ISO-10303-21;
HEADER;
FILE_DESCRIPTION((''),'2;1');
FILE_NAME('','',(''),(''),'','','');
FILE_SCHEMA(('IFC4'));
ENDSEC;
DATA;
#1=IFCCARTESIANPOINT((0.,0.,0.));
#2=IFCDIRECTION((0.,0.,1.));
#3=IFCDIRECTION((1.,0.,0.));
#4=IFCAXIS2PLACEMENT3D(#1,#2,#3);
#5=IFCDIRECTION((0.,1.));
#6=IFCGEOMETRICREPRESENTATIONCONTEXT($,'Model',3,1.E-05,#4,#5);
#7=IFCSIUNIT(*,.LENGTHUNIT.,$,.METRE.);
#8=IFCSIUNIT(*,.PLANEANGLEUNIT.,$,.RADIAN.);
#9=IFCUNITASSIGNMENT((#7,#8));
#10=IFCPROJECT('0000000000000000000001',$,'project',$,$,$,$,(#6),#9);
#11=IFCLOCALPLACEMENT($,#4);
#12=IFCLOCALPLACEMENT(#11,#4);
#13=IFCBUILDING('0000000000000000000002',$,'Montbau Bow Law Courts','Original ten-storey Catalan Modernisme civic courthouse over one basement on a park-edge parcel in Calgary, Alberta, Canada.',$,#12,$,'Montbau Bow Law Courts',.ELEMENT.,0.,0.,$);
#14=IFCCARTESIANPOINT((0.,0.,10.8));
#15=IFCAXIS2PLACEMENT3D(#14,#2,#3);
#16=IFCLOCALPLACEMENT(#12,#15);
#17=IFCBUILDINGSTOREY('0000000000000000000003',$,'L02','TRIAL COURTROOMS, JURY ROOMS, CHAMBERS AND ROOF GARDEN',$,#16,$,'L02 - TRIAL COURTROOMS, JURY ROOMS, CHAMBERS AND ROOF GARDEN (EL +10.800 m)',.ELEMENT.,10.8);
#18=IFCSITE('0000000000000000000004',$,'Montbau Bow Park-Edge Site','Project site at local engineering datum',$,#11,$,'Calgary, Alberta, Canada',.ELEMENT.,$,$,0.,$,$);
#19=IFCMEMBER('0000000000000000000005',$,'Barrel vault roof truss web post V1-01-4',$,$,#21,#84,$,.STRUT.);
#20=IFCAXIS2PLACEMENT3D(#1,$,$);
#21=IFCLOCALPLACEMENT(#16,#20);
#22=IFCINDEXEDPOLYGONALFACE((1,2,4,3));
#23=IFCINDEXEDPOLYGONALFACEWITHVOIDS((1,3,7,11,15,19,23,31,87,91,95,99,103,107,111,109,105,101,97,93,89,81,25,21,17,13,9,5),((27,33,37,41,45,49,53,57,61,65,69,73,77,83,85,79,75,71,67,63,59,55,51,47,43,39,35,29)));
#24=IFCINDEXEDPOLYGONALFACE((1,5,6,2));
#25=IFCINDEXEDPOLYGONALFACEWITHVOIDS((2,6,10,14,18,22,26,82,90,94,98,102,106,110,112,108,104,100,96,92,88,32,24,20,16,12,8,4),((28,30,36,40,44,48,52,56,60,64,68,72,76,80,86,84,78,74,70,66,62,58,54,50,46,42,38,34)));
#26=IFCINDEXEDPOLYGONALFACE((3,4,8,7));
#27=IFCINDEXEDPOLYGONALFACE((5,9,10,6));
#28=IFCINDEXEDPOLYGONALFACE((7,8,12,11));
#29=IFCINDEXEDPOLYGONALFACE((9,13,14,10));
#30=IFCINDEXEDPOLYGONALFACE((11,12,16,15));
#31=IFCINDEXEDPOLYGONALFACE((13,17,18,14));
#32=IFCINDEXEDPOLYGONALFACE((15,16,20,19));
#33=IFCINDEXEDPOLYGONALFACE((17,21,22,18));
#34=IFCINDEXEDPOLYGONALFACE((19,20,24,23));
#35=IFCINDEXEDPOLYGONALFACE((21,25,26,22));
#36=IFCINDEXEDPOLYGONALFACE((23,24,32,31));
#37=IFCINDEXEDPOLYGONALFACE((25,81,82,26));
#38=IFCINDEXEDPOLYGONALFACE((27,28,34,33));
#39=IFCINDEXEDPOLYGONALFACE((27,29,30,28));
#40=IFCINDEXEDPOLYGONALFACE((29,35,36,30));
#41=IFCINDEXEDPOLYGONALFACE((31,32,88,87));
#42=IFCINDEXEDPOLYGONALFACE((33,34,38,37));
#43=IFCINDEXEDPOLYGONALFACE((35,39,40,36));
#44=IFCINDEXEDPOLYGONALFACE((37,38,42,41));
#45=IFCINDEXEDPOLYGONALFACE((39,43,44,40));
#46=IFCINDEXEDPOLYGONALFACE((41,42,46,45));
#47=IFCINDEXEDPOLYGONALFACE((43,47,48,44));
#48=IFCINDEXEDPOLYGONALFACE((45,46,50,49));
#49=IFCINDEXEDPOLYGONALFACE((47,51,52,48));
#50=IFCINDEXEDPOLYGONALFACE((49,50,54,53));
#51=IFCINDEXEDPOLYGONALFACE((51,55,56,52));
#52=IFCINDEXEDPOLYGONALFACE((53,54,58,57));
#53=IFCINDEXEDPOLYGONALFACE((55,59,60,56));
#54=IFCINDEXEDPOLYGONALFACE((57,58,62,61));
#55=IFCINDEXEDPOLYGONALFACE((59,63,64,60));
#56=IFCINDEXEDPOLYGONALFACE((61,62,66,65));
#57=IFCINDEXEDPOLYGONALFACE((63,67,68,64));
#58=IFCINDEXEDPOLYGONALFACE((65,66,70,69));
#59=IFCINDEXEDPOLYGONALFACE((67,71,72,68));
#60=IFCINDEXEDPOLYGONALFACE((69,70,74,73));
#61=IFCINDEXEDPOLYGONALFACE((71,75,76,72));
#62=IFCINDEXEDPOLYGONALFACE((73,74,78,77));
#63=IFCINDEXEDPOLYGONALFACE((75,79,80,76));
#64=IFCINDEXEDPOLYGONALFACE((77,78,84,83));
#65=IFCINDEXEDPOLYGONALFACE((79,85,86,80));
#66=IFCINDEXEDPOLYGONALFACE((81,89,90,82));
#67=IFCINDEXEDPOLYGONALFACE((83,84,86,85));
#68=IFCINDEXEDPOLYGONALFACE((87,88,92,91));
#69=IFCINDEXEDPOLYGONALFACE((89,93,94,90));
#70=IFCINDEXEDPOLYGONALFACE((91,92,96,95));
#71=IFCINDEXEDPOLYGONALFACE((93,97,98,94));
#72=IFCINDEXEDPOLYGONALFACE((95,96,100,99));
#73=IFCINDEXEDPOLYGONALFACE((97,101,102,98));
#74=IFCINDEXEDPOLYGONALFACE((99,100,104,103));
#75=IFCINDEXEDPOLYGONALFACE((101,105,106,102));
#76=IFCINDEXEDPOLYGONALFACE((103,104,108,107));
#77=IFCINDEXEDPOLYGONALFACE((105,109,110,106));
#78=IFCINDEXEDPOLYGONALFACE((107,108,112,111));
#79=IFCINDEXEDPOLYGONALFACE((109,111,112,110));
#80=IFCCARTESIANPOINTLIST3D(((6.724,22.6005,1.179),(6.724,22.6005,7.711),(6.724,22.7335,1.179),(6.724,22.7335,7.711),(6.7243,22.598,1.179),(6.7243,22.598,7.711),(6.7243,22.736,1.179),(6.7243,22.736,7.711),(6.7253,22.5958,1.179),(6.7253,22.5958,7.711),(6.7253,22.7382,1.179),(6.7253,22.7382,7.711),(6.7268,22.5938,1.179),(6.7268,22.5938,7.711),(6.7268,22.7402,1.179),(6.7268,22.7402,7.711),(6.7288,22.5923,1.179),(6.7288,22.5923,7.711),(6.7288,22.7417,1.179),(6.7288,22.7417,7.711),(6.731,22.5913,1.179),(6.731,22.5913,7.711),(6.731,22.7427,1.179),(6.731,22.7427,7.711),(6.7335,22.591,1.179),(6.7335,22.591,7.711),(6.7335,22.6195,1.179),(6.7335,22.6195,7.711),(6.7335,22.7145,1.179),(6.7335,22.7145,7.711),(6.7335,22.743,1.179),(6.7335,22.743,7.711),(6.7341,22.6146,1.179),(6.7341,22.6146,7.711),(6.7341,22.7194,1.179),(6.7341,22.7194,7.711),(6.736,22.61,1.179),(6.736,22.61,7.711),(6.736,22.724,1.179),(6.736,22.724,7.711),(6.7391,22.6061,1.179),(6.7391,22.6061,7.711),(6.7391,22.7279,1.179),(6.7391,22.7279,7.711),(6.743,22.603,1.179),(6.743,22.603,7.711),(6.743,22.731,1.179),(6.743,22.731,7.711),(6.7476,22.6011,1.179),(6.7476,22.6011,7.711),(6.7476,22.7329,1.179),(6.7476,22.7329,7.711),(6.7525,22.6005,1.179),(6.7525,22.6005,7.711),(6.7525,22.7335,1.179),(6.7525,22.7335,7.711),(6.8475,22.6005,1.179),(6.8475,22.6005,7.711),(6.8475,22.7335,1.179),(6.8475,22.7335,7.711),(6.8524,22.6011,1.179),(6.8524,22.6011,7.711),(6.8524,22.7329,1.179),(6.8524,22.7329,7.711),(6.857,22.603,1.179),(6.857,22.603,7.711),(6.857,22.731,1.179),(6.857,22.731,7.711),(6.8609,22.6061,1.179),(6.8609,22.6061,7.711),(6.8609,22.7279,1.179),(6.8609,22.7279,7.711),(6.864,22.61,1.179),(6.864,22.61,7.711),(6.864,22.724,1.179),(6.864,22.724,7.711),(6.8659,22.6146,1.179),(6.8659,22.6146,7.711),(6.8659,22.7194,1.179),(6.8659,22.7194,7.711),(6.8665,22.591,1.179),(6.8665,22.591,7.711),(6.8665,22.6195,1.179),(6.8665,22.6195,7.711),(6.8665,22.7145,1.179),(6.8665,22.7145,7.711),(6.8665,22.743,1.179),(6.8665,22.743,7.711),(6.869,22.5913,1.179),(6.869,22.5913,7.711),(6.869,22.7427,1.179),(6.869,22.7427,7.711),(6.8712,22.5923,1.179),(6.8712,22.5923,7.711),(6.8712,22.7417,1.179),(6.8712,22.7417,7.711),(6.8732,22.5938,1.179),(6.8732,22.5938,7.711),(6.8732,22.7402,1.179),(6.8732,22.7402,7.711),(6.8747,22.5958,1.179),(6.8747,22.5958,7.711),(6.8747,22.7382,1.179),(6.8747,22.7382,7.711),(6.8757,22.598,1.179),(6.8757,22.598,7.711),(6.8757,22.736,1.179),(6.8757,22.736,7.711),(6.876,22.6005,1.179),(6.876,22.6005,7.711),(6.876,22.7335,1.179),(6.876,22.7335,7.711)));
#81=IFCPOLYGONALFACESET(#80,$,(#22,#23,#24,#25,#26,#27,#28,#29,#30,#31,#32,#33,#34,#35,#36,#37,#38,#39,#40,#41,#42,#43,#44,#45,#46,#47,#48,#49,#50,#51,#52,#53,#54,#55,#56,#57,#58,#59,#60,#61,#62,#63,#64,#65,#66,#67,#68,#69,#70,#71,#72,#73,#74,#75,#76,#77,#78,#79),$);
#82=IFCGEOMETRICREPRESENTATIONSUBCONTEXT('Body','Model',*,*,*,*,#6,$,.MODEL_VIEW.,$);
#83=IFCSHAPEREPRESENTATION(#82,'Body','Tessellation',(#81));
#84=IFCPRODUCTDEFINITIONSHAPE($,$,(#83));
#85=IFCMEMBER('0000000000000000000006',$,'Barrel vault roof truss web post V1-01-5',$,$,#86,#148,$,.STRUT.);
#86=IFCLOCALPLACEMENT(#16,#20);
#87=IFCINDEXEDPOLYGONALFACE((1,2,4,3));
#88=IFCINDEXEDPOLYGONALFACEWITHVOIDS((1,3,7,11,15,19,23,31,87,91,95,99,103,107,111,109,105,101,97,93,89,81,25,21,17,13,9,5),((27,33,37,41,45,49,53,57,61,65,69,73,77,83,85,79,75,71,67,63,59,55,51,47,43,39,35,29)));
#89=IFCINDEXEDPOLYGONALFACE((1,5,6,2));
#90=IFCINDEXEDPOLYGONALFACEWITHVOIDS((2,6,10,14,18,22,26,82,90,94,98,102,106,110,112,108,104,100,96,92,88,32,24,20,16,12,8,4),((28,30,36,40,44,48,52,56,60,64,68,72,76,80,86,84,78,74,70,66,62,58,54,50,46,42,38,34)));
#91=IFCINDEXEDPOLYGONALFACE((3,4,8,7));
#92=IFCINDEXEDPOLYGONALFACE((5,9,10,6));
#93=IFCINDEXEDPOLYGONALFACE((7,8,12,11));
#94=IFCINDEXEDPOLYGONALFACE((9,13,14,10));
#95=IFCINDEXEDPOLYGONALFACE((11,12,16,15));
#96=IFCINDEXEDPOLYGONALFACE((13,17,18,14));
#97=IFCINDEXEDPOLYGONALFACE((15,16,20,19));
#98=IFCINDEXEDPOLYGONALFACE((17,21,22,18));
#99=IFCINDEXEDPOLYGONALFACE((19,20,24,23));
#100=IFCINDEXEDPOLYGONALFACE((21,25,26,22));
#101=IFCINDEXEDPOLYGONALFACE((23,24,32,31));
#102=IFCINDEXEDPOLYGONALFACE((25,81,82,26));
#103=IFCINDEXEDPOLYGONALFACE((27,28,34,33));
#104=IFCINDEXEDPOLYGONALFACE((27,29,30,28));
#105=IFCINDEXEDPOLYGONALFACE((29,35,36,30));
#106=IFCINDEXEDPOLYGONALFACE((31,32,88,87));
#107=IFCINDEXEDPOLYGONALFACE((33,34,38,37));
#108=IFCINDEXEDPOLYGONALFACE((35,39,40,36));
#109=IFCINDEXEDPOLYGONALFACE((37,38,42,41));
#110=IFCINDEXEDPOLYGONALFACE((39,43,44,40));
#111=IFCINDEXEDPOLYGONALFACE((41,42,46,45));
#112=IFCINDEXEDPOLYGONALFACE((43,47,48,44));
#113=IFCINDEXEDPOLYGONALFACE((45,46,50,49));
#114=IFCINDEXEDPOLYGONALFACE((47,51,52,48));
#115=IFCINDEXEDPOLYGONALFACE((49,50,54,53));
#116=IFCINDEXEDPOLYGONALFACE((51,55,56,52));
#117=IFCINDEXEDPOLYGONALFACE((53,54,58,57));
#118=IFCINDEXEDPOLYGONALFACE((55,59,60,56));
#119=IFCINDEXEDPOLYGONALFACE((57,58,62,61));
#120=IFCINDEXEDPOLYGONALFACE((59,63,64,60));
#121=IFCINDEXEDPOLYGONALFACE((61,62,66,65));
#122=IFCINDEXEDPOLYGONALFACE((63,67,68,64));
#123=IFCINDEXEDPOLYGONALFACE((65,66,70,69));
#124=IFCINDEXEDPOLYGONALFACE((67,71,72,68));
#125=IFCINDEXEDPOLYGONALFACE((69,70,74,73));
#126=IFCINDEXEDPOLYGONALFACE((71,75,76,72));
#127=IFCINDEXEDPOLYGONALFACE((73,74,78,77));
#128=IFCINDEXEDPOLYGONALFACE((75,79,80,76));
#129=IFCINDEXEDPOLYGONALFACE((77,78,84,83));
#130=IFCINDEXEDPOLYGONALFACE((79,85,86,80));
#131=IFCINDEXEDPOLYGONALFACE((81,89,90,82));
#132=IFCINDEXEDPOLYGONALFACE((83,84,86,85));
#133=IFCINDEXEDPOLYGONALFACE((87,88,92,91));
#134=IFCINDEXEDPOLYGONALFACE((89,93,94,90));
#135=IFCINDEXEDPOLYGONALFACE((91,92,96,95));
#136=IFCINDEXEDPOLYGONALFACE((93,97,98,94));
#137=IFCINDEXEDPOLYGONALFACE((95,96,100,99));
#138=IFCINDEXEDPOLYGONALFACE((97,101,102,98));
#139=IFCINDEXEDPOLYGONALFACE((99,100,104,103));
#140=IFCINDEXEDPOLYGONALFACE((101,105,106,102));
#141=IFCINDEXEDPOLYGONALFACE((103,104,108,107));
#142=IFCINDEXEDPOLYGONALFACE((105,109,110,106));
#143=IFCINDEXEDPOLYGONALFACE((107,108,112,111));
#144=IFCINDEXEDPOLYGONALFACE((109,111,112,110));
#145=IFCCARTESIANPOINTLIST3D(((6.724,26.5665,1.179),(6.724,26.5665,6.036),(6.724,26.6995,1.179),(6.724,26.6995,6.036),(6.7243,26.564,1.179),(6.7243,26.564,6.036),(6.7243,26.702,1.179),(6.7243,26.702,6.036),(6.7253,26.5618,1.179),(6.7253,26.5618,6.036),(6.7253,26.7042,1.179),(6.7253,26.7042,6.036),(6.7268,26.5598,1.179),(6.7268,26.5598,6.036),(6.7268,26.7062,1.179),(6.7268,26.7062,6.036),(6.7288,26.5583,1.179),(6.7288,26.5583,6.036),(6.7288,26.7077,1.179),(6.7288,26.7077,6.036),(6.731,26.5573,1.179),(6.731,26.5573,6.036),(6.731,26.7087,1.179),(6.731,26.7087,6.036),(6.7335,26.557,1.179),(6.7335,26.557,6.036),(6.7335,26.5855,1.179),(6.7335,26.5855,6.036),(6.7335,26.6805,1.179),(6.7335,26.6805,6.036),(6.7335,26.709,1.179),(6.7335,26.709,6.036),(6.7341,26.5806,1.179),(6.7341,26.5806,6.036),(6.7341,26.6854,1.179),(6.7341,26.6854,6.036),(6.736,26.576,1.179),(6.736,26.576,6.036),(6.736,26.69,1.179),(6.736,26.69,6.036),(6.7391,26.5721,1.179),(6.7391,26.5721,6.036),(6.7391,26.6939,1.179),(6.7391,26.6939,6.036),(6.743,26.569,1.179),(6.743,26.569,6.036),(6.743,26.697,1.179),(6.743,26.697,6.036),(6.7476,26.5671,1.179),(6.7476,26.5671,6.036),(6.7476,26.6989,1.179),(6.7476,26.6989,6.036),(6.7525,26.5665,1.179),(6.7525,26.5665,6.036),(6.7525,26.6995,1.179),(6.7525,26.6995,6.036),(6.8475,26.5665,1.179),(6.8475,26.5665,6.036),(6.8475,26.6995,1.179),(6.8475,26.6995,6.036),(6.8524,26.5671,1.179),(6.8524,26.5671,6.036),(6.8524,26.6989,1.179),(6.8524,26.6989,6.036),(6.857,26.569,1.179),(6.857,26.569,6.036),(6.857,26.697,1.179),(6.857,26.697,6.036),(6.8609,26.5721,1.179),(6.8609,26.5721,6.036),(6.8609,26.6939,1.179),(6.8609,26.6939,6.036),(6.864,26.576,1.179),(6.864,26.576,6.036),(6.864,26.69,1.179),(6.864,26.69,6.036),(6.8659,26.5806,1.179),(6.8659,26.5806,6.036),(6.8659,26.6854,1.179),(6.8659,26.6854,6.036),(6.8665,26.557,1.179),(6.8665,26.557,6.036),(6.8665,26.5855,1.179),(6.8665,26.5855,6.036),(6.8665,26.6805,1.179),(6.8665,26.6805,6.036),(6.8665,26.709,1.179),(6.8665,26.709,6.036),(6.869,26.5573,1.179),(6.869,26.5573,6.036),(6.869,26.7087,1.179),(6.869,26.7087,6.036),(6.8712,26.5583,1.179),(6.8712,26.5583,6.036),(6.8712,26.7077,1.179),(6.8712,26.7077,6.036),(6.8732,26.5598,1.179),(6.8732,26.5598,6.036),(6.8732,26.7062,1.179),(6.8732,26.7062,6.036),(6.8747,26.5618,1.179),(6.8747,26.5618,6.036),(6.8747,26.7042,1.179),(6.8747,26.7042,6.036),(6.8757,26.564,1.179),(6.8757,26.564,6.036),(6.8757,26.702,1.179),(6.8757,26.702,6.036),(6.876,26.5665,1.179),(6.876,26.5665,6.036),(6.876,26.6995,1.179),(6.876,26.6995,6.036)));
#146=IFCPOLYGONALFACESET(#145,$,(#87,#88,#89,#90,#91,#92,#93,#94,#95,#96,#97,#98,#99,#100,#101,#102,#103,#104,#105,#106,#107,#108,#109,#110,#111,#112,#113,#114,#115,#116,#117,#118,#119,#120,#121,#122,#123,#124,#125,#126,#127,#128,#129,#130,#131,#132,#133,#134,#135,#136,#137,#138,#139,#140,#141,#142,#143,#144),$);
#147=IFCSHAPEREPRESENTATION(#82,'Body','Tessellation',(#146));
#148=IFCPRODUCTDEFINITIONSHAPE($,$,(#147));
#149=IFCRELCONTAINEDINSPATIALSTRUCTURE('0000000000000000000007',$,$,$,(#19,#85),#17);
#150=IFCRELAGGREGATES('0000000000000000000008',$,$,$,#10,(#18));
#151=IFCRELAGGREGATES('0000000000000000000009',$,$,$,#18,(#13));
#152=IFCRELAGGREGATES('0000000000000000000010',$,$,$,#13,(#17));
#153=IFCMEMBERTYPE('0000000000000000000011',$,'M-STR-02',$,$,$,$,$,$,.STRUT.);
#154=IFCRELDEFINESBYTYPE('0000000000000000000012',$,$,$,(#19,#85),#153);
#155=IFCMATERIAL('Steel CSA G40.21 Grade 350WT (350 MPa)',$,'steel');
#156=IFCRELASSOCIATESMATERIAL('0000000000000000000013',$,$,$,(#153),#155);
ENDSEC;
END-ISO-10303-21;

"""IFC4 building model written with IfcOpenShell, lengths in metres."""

from ifc_helpers import new_model, si_unit, direction, frame, origin_with_axes, origin_2d_with_axis, place, context, subcontext, project, spatial, hollow_rectangle, extrude, material, material_profile, profile_set, type_object, element, save


model = new_model("IFC4")

# Units and contexts
model_context = context("Model", 3, precision=1e-05, world=origin_with_axes(), true_north=direction((0.0, 1.0)))
body_context = subcontext(model_context, "Body", "Model", "MODEL_VIEW")
ifc_project = project(units=[si_unit("LENGTHUNIT", "METRE"), si_unit("PLANEANGLEUNIT", "RADIAN")], contexts=[model_context])

# Site, building, storey
site_placement = place(None, origin_with_axes())
site = spatial("IfcSite", under=ifc_project, at=site_placement, Name="Montbau Bow Park-Edge Site", Description="Project site at local engineering datum", LongName="Calgary, Alberta, Canada", CompositionType="ELEMENT", RefElevation=0.0)
building_placement = place(site_placement, origin_with_axes())
building = spatial("IfcBuilding", under=site, at=building_placement, Name="Montbau Bow Law Courts", Description="Original ten-storey Catalan Modernisme civic courthouse over one basement on a park-edge parcel in Calgary, Alberta, Canada.", LongName="Montbau Bow Law Courts", CompositionType="ELEMENT", ElevationOfRefHeight=0.0, ElevationOfTerrain=0.0)
storey_placement = place(building_placement, frame((0.0, 0.0, 10.8), z_axis=(0.0, 0.0, 1.0), x_axis=(1.0, 0.0, 0.0)))
storey = spatial("IfcBuildingStorey", under=building, at=storey_placement, Name="L02", Description="TRIAL COURTROOMS, JURY ROOMS, CHAMBERS AND ROOF GARDEN", LongName="L02 - TRIAL COURTROOMS, JURY ROOMS, CHAMBERS AND ROOF GARDEN (EL +10.800 m)", CompositionType="ELEMENT", Elevation=10.8)

# Shared definitions
ifc_material = material(Name="Steel CSA G40.21 Grade 350WT (350 MPa)", Category="steel")

# Members
ifc_material_profile_1 = material_profile(ifc_material, hollow_rectangle(XDim=0.152, YDim=0.152, WallThickness=0.0095, InnerFilletRadius=0.019, OuterFilletRadius=0.0095, at=origin_2d_with_axis()), Name="HSS152X152X9.5", Category="Main", Priority=0)
ifc_profile_set_1 = profile_set([ifc_material_profile_1], Name="Steel CSA G40.21 Grade 350WT (350 MPa)")
member_type_1 = type_object("IfcMemberType", Name="M-STR-02", PredefinedType="STRUT", material=ifc_profile_set_1)
member_1_placement = place(None, frame((6.8, 22.667, 11.979), z_axis=(0.0, 0.0, 1.0), x_axis=(1.0, 0.0, 0.0)))
element("IfcMember", 1, at=member_1_placement, inside=storey, type_object=member_type_1, Name="Barrel vault roof truss web post V1-01-4", PredefinedType="STRUT", context=body_context, shape_type="SweptSolid", body=[
    extrude(hollow_rectangle(XDim=0.152, YDim=0.152, WallThickness=0.0095, InnerFilletRadius=0.019, OuterFilletRadius=0.0095, at=origin_2d_with_axis()), origin_with_axes(), (0.0, 0.0, 1.0), 6.532),
])
member_2_placement = place(None, frame((6.8, 26.633, 11.979), z_axis=(0.0, 0.0, 1.0), x_axis=(1.0, 0.0, 0.0)))
element("IfcMember", 2, at=member_2_placement, inside=storey, type_object=member_type_1, Name="Barrel vault roof truss web post V1-01-5", PredefinedType="STRUT", context=body_context, shape_type="SweptSolid", body=[
    extrude(hollow_rectangle(XDim=0.152, YDim=0.152, WallThickness=0.0095, InnerFilletRadius=0.019, OuterFilletRadius=0.0095, at=origin_2d_with_axis()), origin_with_axes(), (0.0, 0.0, 1.0), 4.857),
])

save(model, "model.ifc")
